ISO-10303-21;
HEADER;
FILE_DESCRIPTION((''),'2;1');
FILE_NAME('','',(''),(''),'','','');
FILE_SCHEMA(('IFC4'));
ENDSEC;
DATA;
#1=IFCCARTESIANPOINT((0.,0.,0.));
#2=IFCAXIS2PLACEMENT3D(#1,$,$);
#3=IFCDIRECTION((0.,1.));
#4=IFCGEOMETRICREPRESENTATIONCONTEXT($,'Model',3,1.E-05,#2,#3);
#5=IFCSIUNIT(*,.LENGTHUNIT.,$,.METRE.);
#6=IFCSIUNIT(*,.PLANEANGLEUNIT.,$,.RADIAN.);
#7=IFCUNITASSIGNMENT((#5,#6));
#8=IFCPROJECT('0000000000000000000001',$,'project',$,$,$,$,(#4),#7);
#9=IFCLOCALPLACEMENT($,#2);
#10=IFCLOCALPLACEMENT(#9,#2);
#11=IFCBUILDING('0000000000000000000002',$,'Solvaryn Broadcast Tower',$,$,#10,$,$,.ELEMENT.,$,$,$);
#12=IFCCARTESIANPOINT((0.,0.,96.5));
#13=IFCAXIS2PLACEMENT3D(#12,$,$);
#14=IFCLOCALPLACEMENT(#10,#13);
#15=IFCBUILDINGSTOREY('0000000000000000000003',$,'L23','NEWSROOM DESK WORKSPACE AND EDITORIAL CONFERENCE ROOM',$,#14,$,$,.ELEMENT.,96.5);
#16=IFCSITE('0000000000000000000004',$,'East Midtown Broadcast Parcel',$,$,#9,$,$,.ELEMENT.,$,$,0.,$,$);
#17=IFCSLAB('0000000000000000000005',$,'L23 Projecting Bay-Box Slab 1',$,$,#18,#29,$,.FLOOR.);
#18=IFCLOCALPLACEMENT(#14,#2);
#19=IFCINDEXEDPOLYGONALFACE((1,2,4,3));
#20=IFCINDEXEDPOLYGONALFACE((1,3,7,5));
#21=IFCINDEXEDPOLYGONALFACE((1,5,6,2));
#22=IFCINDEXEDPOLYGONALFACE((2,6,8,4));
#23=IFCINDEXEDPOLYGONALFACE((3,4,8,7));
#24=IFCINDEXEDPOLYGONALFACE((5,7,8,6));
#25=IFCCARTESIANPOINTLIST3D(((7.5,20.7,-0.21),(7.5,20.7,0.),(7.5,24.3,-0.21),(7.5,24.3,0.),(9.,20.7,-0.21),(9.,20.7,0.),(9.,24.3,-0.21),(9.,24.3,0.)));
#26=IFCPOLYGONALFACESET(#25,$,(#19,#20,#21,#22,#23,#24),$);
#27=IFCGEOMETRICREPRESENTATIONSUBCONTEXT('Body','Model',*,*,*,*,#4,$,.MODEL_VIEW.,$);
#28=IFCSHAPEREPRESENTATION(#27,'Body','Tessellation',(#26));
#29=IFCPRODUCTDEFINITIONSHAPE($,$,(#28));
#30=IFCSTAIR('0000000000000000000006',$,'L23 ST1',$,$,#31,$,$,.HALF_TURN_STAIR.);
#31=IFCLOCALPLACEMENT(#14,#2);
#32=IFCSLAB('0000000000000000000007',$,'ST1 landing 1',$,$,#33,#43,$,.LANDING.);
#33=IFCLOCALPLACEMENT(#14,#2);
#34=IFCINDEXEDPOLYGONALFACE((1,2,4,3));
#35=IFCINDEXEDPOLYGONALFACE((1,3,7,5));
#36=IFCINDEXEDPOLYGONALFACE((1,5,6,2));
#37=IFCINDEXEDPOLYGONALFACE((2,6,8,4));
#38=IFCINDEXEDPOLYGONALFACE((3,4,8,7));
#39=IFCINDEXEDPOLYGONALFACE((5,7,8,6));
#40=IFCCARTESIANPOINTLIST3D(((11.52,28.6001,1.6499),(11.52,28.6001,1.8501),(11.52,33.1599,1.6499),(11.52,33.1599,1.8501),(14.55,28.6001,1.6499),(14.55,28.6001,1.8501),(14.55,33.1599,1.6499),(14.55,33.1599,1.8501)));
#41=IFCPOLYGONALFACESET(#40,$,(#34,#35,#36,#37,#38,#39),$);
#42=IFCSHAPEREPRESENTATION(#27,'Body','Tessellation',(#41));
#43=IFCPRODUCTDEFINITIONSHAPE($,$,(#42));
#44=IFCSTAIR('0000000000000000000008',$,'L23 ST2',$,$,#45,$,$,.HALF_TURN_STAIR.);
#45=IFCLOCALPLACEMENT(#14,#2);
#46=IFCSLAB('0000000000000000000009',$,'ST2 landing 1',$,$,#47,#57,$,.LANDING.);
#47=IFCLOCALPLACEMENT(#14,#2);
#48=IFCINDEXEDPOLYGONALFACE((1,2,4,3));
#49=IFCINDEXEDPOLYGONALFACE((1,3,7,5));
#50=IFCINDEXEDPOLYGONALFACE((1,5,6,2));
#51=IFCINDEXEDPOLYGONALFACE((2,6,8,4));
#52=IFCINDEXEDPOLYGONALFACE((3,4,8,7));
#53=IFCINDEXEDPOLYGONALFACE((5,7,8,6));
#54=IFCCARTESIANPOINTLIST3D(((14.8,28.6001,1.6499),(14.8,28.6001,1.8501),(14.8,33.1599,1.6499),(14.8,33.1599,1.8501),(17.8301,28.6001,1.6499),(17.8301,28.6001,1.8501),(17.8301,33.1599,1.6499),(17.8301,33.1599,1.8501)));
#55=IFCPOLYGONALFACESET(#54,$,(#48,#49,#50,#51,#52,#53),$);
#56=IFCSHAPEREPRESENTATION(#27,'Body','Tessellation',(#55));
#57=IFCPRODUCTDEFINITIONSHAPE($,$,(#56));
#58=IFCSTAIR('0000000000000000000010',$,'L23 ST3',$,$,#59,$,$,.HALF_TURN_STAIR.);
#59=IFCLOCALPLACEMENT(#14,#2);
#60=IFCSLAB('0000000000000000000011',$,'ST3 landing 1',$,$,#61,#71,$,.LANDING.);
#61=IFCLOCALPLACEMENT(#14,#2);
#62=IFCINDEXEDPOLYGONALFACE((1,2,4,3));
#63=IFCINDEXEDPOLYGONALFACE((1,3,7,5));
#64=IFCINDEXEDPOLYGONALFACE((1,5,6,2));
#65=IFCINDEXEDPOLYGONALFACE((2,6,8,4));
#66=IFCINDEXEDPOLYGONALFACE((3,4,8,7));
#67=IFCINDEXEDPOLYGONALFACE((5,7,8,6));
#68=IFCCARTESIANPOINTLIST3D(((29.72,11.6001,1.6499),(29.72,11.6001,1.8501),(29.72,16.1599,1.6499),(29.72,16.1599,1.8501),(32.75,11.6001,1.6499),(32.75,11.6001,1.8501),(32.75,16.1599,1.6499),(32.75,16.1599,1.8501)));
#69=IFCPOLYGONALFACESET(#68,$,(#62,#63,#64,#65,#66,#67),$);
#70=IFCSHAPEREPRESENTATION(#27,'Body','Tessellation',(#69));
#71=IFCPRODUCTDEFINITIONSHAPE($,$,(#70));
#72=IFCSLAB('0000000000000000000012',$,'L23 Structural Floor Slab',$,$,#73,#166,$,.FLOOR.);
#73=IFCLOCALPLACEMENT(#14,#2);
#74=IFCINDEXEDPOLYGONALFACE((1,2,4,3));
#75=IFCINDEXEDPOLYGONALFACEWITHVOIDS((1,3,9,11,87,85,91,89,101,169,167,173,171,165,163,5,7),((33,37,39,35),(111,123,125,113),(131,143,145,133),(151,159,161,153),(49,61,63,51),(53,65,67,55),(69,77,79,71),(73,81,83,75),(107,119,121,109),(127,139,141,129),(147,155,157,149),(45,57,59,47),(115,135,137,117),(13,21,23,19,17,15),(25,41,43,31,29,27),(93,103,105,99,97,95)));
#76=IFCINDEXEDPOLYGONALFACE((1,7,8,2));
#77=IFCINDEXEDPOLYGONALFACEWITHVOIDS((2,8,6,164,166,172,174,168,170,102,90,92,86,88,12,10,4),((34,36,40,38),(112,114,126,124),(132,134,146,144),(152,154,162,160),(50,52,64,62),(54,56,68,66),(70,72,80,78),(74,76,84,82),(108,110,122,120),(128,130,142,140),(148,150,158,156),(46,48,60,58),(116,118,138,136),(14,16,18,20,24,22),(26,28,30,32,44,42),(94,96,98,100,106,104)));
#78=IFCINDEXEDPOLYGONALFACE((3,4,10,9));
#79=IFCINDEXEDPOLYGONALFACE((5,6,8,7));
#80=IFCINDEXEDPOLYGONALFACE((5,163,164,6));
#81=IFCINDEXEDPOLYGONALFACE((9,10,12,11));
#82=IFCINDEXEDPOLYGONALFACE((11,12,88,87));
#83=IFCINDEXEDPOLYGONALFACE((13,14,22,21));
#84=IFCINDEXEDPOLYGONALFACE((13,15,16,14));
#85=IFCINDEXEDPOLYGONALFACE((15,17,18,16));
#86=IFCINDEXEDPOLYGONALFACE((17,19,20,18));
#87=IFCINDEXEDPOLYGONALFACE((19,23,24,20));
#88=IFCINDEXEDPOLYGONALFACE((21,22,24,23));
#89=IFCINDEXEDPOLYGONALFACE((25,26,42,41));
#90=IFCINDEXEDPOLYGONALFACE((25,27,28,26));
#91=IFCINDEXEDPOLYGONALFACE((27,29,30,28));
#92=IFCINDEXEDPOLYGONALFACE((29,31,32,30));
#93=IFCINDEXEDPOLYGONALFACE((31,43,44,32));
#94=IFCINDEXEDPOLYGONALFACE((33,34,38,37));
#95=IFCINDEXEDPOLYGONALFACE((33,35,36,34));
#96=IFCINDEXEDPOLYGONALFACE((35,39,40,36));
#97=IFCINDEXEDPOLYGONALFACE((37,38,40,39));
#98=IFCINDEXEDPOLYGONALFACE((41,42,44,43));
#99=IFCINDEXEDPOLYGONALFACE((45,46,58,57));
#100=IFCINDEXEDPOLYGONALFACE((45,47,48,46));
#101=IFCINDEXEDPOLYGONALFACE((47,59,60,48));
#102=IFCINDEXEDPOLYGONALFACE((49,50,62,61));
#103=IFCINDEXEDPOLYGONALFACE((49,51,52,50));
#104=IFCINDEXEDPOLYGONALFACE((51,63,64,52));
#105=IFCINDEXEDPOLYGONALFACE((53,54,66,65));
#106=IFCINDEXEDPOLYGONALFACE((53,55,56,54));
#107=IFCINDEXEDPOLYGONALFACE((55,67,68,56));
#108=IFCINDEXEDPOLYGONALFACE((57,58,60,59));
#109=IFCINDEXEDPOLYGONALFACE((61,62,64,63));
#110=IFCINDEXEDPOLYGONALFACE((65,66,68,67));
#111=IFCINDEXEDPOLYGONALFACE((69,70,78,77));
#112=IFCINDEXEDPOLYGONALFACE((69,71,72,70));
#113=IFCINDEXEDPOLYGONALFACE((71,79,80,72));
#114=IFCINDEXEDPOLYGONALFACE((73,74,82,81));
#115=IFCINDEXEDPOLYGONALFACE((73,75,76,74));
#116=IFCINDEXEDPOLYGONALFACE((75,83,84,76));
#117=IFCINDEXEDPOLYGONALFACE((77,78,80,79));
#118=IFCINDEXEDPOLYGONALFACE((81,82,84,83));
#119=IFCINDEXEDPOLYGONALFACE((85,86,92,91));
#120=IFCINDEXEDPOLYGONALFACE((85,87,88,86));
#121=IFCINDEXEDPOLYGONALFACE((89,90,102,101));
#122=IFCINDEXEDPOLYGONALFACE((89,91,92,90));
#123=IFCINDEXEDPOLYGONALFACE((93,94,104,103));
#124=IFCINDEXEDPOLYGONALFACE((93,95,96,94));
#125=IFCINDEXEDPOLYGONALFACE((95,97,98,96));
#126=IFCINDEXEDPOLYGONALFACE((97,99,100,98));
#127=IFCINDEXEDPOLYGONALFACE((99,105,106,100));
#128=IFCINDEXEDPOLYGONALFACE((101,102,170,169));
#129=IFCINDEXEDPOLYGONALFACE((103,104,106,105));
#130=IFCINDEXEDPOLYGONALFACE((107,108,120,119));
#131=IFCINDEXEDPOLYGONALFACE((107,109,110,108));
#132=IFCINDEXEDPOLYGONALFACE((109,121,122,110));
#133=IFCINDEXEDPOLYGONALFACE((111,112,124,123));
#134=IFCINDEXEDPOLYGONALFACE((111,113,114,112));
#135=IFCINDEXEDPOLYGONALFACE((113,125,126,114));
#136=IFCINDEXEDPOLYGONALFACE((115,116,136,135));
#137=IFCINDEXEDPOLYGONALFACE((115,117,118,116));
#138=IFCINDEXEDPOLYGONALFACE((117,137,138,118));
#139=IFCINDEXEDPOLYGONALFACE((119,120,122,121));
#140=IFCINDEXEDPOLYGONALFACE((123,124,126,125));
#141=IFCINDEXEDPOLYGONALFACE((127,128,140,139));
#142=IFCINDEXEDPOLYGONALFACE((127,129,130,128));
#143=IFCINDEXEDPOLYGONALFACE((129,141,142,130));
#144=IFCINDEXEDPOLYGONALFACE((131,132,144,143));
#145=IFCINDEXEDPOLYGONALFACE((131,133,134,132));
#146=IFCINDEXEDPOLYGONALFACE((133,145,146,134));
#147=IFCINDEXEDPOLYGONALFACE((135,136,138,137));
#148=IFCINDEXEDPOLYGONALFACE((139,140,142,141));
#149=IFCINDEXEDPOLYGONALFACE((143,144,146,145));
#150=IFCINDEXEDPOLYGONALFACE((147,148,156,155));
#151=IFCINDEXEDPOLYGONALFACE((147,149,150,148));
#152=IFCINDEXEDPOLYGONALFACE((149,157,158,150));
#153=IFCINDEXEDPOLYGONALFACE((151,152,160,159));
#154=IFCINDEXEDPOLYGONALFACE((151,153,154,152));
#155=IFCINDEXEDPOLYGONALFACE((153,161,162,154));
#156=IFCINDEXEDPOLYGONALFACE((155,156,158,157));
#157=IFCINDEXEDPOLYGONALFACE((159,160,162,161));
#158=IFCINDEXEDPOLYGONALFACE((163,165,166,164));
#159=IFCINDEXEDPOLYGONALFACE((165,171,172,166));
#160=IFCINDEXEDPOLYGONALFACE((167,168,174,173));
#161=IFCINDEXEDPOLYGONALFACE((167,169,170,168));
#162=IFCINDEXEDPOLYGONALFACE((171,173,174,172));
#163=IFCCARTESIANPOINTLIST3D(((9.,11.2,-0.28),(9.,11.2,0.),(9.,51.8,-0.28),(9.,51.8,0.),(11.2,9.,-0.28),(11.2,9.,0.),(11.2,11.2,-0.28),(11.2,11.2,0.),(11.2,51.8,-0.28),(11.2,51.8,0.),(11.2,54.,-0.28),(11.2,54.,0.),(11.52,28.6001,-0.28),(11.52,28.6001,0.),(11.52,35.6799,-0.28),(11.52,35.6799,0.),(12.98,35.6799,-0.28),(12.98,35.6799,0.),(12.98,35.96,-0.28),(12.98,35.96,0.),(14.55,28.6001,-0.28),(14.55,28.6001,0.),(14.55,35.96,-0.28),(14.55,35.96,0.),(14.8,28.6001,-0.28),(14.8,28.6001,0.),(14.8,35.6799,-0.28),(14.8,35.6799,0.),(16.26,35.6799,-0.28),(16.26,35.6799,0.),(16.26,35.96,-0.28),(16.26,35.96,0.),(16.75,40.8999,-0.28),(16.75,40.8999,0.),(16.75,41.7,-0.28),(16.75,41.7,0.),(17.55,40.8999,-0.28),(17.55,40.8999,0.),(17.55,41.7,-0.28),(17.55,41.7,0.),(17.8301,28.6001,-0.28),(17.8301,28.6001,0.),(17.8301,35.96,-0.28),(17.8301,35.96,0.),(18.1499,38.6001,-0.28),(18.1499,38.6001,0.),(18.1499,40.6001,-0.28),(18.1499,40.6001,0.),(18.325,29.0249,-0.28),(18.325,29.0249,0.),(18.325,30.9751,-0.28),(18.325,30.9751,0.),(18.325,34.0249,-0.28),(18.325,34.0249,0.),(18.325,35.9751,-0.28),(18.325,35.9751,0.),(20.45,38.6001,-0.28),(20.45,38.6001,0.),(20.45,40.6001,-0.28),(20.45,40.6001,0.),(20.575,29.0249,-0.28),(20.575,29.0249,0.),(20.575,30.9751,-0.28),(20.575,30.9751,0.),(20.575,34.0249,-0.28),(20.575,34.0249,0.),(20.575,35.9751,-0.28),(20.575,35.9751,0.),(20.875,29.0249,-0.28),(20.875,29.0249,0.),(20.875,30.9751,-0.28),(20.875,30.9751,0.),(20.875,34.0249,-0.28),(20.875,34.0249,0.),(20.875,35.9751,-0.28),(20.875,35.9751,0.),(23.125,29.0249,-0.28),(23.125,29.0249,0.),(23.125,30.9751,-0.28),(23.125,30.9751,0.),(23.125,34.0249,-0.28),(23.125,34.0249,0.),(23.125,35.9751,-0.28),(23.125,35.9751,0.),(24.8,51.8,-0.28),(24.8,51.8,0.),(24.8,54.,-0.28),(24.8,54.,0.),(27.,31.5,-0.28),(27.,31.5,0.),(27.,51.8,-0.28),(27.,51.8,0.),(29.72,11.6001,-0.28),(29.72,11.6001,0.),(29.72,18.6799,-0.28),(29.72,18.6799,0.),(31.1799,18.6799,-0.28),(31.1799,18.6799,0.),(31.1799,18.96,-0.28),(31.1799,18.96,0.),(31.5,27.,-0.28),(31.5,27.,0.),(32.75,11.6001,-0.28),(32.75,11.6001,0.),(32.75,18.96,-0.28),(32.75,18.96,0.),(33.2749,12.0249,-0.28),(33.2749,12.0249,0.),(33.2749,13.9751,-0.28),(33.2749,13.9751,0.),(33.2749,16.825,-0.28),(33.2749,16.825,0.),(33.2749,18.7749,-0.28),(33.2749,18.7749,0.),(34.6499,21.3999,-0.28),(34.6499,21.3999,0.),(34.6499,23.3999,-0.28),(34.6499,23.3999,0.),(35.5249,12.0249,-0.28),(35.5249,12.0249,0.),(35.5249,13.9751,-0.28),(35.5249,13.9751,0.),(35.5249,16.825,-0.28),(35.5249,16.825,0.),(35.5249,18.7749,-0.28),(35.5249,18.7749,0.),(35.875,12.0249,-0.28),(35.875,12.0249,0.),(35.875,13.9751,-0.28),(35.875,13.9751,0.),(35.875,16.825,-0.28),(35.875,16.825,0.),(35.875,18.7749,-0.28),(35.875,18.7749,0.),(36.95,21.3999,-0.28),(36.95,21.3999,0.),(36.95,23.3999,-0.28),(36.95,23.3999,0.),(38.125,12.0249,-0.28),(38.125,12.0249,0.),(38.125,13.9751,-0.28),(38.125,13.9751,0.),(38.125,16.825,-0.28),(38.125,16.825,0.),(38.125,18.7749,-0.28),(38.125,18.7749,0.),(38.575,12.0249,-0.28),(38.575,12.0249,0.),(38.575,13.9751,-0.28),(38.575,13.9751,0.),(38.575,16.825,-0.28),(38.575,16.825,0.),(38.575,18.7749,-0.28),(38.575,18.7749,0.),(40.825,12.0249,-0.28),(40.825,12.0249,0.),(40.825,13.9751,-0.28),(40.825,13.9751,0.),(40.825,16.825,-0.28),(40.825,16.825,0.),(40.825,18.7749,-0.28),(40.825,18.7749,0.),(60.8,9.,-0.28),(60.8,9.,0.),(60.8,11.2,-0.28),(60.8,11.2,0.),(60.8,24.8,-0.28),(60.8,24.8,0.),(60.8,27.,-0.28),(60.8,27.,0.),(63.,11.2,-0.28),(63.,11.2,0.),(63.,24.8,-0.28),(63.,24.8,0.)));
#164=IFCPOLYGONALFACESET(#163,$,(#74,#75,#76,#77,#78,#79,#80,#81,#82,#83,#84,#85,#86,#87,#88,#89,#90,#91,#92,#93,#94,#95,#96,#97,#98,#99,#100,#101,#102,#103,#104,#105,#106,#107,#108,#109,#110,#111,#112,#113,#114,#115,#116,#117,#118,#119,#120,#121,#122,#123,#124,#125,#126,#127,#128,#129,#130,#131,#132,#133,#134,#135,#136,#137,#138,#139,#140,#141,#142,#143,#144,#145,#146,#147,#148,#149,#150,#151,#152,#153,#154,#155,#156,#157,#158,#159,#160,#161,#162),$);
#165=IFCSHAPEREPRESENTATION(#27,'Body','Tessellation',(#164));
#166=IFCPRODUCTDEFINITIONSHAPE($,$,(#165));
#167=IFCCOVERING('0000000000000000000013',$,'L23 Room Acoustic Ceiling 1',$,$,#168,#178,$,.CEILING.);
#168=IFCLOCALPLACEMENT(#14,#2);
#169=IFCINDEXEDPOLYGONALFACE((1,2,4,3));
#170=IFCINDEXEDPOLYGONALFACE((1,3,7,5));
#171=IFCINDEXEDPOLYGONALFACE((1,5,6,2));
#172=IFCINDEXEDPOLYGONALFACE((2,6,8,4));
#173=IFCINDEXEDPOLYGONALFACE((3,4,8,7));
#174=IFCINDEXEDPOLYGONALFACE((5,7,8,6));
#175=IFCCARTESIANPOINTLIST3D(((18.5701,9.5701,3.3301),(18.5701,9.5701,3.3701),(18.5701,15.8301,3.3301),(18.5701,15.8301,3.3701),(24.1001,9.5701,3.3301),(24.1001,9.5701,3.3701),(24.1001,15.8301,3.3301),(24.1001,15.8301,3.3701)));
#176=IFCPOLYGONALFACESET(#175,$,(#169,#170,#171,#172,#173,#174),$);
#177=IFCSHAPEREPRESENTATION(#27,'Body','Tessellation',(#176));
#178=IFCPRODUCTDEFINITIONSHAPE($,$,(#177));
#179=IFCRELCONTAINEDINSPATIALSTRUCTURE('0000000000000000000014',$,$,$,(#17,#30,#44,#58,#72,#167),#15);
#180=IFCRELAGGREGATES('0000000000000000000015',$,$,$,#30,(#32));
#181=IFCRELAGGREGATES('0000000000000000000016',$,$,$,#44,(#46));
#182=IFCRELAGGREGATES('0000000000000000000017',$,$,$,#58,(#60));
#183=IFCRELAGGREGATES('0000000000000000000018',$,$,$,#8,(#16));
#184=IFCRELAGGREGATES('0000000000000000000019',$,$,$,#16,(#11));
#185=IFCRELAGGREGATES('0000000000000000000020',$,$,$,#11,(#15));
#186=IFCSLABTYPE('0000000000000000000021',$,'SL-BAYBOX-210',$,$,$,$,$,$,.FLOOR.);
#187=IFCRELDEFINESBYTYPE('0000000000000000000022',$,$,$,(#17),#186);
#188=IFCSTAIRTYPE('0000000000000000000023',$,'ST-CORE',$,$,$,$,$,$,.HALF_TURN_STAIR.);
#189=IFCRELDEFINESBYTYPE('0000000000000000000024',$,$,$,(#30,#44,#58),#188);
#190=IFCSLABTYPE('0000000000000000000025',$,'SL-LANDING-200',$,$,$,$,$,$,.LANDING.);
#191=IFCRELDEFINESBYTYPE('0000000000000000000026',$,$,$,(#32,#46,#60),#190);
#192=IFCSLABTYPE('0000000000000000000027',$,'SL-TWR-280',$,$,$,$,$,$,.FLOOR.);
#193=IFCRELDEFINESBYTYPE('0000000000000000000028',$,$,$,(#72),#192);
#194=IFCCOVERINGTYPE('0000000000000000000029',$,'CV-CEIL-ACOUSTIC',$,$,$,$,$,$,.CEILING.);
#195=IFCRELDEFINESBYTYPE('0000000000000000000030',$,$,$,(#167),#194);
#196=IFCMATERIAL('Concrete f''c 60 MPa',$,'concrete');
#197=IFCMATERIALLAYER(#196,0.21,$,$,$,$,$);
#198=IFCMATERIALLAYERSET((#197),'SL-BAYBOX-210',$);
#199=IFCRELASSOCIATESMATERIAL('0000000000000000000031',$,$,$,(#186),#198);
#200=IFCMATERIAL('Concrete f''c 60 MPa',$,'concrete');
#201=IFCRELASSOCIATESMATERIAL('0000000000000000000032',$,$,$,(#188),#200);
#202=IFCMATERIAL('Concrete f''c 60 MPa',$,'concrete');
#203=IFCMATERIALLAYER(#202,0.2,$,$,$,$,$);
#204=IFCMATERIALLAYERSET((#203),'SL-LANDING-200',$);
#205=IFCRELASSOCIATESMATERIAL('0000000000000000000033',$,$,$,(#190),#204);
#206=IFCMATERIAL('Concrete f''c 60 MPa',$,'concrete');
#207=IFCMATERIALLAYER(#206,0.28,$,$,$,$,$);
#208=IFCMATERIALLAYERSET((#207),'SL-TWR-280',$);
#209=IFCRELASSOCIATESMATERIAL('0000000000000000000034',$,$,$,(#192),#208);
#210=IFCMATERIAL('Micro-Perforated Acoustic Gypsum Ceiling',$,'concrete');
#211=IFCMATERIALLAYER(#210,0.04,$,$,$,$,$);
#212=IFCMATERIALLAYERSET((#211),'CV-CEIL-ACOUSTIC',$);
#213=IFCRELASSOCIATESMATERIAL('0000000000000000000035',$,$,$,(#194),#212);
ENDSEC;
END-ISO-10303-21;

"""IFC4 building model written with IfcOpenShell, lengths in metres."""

from ifc_helpers import new_model, si_unit, direction, frame, origin, place, context, subcontext, project, spatial, polyline, outline, extrude, material, layer, layer_set, type_object, element, aggregate, save


model = new_model("IFC4")

# Units and contexts
model_context = context("Model", 3, precision=1e-05, world=origin(), true_north=direction((0.0, 1.0)))
body_context = subcontext(model_context, "Body", "Model", "MODEL_VIEW")
ifc_project = project(units=[si_unit("LENGTHUNIT", "METRE"), si_unit("PLANEANGLEUNIT", "RADIAN")], contexts=[model_context])

# Site, building, storey
site_placement = place(None, origin())
site = spatial("IfcSite", under=ifc_project, at=site_placement, Name="East Midtown Broadcast Parcel", CompositionType="ELEMENT", RefElevation=0.0)
building_placement = place(site_placement, origin())
building = spatial("IfcBuilding", under=site, at=building_placement, Name="Solvaryn Broadcast Tower", CompositionType="ELEMENT")
storey_placement = place(building_placement, frame((0.0, 0.0, 96.5)))
storey = spatial("IfcBuildingStorey", under=building, at=storey_placement, Name="L23", Description="NEWSROOM DESK WORKSPACE AND EDITORIAL CONFERENCE ROOM", CompositionType="ELEMENT", Elevation=96.5)

# Slab
ifc_material_1 = material(Name="Concrete f'c 60 MPa", Category="concrete")
ifc_layer_1 = layer(ifc_material_1, 0.21)
ifc_layer_set_1 = layer_set([ifc_layer_1], Name="SL-BAYBOX-210")
slab_type_1 = type_object("IfcSlabType", Name="SL-BAYBOX-210", PredefinedType="FLOOR", material=ifc_layer_set_1)
slab_1_placement = place(storey_placement, frame((0.0, 0.0, -0.21)))
element("IfcSlab", 1, at=slab_1_placement, inside=storey, type_object=slab_type_1, Name="L23 Projecting Bay-Box Slab 1", PredefinedType="FLOOR", context=body_context, shape_type="SweptSolid", body=[
    extrude(outline(polyline([(7.5, 20.7), (9.0, 20.7), (9.0, 24.3), (7.5, 24.3), (7.5, 20.7)])), origin(), (0.0, 0.0, 1.0), 0.21),
])

# Stairs, slabs
ifc_material_2 = material(Name="Concrete f'c 60 MPa", Category="concrete")
stair_type = type_object("IfcStairType", Name="ST-CORE", PredefinedType="HALF_TURN_STAIR", material=ifc_material_2)
stair_1_placement = place(storey_placement, origin())
stair_1 = element("IfcStair", 2, at=stair_1_placement, inside=storey, type_object=stair_type, Name="L23 ST1", PredefinedType="HALF_TURN_STAIR")
ifc_material_3 = material(Name="Concrete f'c 60 MPa", Category="concrete")
ifc_layer_2 = layer(ifc_material_3, 0.2)
ifc_layer_set_2 = layer_set([ifc_layer_2], Name="SL-LANDING-200")
slab_type_2 = type_object("IfcSlabType", Name="SL-LANDING-200", PredefinedType="LANDING", material=ifc_layer_set_2)
slab_2_placement = place(storey_placement, frame((0.0, 0.0, 1.6499)))
slab_2 = element("IfcSlab", 3, at=slab_2_placement, type_object=slab_type_2, Name="ST1 landing 1", PredefinedType="LANDING", context=body_context, shape_type="SweptSolid", body=[
    extrude(outline(polyline([(11.52, 33.1599), (11.52, 28.6001), (14.55, 28.6001), (14.55, 33.1599), (11.52, 33.1599)])), origin(), (0.0, 0.0, 1.0), 0.2002),
])
aggregate(stair_1, [slab_2])
stair_2_placement = place(storey_placement, origin())
stair_2 = element("IfcStair", 4, at=stair_2_placement, inside=storey, type_object=stair_type, Name="L23 ST2", PredefinedType="HALF_TURN_STAIR")
slab_3_placement = place(storey_placement, frame((0.0, 0.0, 1.6499)))
slab_3 = element("IfcSlab", 5, at=slab_3_placement, type_object=slab_type_2, Name="ST2 landing 1", PredefinedType="LANDING", context=body_context, shape_type="SweptSolid", body=[
    extrude(outline(polyline([(14.8, 33.1599), (14.8, 28.6001), (17.8301, 28.6001), (17.8301, 33.1599), (14.8, 33.1599)])), origin(), (0.0, 0.0, 1.0), 0.2002),
])
aggregate(stair_2, [slab_3])
stair_3_placement = place(storey_placement, origin())
stair_3 = element("IfcStair", 6, at=stair_3_placement, inside=storey, type_object=stair_type, Name="L23 ST3", PredefinedType="HALF_TURN_STAIR")
slab_4_placement = place(storey_placement, frame((0.0, 0.0, 1.6499)))
slab_4 = element("IfcSlab", 7, at=slab_4_placement, type_object=slab_type_2, Name="ST3 landing 1", PredefinedType="LANDING", context=body_context, shape_type="SweptSolid", body=[
    extrude(outline(polyline([(29.72, 16.1599), (29.72, 11.6001), (32.75, 11.6001), (32.75, 16.1599), (29.72, 16.1599)])), origin(), (0.0, 0.0, 1.0), 0.2002),
])
aggregate(stair_3, [slab_4])

# Slab
ifc_material_4 = material(Name="Concrete f'c 60 MPa", Category="concrete")
ifc_layer_3 = layer(ifc_material_4, 0.28)
ifc_layer_set_3 = layer_set([ifc_layer_3], Name="SL-TWR-280")
slab_type_3 = type_object("IfcSlabType", Name="SL-TWR-280", PredefinedType="FLOOR", material=ifc_layer_set_3)
slab_5_placement = place(storey_placement, frame((0.0, 0.0, -0.28)))
element("IfcSlab", 8, at=slab_5_placement, inside=storey, type_object=slab_type_3, Name="L23 Structural Floor Slab", PredefinedType="FLOOR", context=body_context, shape_type="SweptSolid", body=[
    extrude(outline(polyline([(11.2, 9.0), (60.8, 9.0), (60.8, 11.2), (63.0, 11.2), (63.0, 24.8), (60.8, 24.8), (60.8, 27.0), (31.5, 27.0), (27.0, 31.5), (27.0, 51.8), (24.8, 51.8), (24.8, 54.0), (11.2, 54.0), (11.2, 51.8), (9.0, 51.8), (9.0, 11.2), (11.2, 11.2), (11.2, 9.0)]), holes=[polyline([(11.52, 28.6001), (14.55, 28.6001), (14.55, 35.96), (12.98, 35.96), (12.98, 35.6799), (11.52, 35.6799), (11.52, 28.6001)]), polyline([(14.8, 28.6001), (17.8301, 28.6001), (17.8301, 35.96), (16.26, 35.96), (16.26, 35.6799), (14.8, 35.6799), (14.8, 28.6001)]), polyline([(29.72, 11.6001), (32.75, 11.6001), (32.75, 18.96), (31.1799, 18.96), (31.1799, 18.6799), (29.72, 18.6799), (29.72, 11.6001)]), polyline([(18.1499, 38.6001), (20.45, 38.6001), (20.45, 40.6001), (18.1499, 40.6001), (18.1499, 38.6001)]), polyline([(18.325, 29.0249), (20.575, 29.0249), (20.575, 30.9751), (18.325, 30.9751), (18.325, 29.0249)]), polyline([(20.875, 29.0249), (23.125, 29.0249), (23.125, 30.9751), (20.875, 30.9751), (20.875, 29.0249)]), polyline([(18.325, 34.0249), (20.575, 34.0249), (20.575, 35.9751), (18.325, 35.9751), (18.325, 34.0249)]), polyline([(20.875, 34.0249), (23.125, 34.0249), (23.125, 35.9751), (20.875, 35.9751), (20.875, 34.0249)]), polyline([(34.6499, 21.3999), (36.95, 21.3999), (36.95, 23.3999), (34.6499, 23.3999), (34.6499, 21.3999)]), polyline([(33.2749, 12.0249), (35.5249, 12.0249), (35.5249, 13.9751), (33.2749, 13.9751), (33.2749, 12.0249)]), polyline([(35.875, 12.0249), (38.125, 12.0249), (38.125, 13.9751), (35.875, 13.9751), (35.875, 12.0249)]), polyline([(33.2749, 16.825), (35.5249, 16.825), (35.5249, 18.7749), (33.2749, 18.7749), (33.2749, 16.825)]), polyline([(35.875, 16.825), (38.125, 16.825), (38.125, 18.7749), (35.875, 18.7749), (35.875, 16.825)]), polyline([(38.575, 12.0249), (40.825, 12.0249), (40.825, 13.9751), (38.575, 13.9751), (38.575, 12.0249)]), polyline([(38.575, 16.825), (40.825, 16.825), (40.825, 18.7749), (38.575, 18.7749), (38.575, 16.825)]), polyline([(16.75, 40.8999), (17.55, 40.8999), (17.55, 41.7), (16.75, 41.7), (16.75, 40.8999)])]), origin(), (0.0, 0.0, 1.0), 0.28),
])

# Covering
ifc_material_5 = material(Name="Micro-Perforated Acoustic Gypsum Ceiling", Category="concrete")
ifc_layer_4 = layer(ifc_material_5, 0.04)
ifc_layer_set_4 = layer_set([ifc_layer_4], Name="CV-CEIL-ACOUSTIC")
covering_type_1 = type_object("IfcCoveringType", Name="CV-CEIL-ACOUSTIC", PredefinedType="CEILING", material=ifc_layer_set_4)
covering_1_placement = place(storey_placement, frame((0.0, 0.0, 3.3301)))
element("IfcCovering", 9, at=covering_1_placement, inside=storey, type_object=covering_type_1, Name="L23 Room Acoustic Ceiling 1", PredefinedType="CEILING", context=body_context, shape_type="SweptSolid", body=[
    extrude(outline(polyline([(18.5701, 9.5701), (24.1001, 9.5701), (24.1001, 15.8301), (18.5701, 15.8301), (18.5701, 9.5701)])), origin(), (0.0, 0.0, 1.0), 0.04),
])

save(model, "model.ifc")
